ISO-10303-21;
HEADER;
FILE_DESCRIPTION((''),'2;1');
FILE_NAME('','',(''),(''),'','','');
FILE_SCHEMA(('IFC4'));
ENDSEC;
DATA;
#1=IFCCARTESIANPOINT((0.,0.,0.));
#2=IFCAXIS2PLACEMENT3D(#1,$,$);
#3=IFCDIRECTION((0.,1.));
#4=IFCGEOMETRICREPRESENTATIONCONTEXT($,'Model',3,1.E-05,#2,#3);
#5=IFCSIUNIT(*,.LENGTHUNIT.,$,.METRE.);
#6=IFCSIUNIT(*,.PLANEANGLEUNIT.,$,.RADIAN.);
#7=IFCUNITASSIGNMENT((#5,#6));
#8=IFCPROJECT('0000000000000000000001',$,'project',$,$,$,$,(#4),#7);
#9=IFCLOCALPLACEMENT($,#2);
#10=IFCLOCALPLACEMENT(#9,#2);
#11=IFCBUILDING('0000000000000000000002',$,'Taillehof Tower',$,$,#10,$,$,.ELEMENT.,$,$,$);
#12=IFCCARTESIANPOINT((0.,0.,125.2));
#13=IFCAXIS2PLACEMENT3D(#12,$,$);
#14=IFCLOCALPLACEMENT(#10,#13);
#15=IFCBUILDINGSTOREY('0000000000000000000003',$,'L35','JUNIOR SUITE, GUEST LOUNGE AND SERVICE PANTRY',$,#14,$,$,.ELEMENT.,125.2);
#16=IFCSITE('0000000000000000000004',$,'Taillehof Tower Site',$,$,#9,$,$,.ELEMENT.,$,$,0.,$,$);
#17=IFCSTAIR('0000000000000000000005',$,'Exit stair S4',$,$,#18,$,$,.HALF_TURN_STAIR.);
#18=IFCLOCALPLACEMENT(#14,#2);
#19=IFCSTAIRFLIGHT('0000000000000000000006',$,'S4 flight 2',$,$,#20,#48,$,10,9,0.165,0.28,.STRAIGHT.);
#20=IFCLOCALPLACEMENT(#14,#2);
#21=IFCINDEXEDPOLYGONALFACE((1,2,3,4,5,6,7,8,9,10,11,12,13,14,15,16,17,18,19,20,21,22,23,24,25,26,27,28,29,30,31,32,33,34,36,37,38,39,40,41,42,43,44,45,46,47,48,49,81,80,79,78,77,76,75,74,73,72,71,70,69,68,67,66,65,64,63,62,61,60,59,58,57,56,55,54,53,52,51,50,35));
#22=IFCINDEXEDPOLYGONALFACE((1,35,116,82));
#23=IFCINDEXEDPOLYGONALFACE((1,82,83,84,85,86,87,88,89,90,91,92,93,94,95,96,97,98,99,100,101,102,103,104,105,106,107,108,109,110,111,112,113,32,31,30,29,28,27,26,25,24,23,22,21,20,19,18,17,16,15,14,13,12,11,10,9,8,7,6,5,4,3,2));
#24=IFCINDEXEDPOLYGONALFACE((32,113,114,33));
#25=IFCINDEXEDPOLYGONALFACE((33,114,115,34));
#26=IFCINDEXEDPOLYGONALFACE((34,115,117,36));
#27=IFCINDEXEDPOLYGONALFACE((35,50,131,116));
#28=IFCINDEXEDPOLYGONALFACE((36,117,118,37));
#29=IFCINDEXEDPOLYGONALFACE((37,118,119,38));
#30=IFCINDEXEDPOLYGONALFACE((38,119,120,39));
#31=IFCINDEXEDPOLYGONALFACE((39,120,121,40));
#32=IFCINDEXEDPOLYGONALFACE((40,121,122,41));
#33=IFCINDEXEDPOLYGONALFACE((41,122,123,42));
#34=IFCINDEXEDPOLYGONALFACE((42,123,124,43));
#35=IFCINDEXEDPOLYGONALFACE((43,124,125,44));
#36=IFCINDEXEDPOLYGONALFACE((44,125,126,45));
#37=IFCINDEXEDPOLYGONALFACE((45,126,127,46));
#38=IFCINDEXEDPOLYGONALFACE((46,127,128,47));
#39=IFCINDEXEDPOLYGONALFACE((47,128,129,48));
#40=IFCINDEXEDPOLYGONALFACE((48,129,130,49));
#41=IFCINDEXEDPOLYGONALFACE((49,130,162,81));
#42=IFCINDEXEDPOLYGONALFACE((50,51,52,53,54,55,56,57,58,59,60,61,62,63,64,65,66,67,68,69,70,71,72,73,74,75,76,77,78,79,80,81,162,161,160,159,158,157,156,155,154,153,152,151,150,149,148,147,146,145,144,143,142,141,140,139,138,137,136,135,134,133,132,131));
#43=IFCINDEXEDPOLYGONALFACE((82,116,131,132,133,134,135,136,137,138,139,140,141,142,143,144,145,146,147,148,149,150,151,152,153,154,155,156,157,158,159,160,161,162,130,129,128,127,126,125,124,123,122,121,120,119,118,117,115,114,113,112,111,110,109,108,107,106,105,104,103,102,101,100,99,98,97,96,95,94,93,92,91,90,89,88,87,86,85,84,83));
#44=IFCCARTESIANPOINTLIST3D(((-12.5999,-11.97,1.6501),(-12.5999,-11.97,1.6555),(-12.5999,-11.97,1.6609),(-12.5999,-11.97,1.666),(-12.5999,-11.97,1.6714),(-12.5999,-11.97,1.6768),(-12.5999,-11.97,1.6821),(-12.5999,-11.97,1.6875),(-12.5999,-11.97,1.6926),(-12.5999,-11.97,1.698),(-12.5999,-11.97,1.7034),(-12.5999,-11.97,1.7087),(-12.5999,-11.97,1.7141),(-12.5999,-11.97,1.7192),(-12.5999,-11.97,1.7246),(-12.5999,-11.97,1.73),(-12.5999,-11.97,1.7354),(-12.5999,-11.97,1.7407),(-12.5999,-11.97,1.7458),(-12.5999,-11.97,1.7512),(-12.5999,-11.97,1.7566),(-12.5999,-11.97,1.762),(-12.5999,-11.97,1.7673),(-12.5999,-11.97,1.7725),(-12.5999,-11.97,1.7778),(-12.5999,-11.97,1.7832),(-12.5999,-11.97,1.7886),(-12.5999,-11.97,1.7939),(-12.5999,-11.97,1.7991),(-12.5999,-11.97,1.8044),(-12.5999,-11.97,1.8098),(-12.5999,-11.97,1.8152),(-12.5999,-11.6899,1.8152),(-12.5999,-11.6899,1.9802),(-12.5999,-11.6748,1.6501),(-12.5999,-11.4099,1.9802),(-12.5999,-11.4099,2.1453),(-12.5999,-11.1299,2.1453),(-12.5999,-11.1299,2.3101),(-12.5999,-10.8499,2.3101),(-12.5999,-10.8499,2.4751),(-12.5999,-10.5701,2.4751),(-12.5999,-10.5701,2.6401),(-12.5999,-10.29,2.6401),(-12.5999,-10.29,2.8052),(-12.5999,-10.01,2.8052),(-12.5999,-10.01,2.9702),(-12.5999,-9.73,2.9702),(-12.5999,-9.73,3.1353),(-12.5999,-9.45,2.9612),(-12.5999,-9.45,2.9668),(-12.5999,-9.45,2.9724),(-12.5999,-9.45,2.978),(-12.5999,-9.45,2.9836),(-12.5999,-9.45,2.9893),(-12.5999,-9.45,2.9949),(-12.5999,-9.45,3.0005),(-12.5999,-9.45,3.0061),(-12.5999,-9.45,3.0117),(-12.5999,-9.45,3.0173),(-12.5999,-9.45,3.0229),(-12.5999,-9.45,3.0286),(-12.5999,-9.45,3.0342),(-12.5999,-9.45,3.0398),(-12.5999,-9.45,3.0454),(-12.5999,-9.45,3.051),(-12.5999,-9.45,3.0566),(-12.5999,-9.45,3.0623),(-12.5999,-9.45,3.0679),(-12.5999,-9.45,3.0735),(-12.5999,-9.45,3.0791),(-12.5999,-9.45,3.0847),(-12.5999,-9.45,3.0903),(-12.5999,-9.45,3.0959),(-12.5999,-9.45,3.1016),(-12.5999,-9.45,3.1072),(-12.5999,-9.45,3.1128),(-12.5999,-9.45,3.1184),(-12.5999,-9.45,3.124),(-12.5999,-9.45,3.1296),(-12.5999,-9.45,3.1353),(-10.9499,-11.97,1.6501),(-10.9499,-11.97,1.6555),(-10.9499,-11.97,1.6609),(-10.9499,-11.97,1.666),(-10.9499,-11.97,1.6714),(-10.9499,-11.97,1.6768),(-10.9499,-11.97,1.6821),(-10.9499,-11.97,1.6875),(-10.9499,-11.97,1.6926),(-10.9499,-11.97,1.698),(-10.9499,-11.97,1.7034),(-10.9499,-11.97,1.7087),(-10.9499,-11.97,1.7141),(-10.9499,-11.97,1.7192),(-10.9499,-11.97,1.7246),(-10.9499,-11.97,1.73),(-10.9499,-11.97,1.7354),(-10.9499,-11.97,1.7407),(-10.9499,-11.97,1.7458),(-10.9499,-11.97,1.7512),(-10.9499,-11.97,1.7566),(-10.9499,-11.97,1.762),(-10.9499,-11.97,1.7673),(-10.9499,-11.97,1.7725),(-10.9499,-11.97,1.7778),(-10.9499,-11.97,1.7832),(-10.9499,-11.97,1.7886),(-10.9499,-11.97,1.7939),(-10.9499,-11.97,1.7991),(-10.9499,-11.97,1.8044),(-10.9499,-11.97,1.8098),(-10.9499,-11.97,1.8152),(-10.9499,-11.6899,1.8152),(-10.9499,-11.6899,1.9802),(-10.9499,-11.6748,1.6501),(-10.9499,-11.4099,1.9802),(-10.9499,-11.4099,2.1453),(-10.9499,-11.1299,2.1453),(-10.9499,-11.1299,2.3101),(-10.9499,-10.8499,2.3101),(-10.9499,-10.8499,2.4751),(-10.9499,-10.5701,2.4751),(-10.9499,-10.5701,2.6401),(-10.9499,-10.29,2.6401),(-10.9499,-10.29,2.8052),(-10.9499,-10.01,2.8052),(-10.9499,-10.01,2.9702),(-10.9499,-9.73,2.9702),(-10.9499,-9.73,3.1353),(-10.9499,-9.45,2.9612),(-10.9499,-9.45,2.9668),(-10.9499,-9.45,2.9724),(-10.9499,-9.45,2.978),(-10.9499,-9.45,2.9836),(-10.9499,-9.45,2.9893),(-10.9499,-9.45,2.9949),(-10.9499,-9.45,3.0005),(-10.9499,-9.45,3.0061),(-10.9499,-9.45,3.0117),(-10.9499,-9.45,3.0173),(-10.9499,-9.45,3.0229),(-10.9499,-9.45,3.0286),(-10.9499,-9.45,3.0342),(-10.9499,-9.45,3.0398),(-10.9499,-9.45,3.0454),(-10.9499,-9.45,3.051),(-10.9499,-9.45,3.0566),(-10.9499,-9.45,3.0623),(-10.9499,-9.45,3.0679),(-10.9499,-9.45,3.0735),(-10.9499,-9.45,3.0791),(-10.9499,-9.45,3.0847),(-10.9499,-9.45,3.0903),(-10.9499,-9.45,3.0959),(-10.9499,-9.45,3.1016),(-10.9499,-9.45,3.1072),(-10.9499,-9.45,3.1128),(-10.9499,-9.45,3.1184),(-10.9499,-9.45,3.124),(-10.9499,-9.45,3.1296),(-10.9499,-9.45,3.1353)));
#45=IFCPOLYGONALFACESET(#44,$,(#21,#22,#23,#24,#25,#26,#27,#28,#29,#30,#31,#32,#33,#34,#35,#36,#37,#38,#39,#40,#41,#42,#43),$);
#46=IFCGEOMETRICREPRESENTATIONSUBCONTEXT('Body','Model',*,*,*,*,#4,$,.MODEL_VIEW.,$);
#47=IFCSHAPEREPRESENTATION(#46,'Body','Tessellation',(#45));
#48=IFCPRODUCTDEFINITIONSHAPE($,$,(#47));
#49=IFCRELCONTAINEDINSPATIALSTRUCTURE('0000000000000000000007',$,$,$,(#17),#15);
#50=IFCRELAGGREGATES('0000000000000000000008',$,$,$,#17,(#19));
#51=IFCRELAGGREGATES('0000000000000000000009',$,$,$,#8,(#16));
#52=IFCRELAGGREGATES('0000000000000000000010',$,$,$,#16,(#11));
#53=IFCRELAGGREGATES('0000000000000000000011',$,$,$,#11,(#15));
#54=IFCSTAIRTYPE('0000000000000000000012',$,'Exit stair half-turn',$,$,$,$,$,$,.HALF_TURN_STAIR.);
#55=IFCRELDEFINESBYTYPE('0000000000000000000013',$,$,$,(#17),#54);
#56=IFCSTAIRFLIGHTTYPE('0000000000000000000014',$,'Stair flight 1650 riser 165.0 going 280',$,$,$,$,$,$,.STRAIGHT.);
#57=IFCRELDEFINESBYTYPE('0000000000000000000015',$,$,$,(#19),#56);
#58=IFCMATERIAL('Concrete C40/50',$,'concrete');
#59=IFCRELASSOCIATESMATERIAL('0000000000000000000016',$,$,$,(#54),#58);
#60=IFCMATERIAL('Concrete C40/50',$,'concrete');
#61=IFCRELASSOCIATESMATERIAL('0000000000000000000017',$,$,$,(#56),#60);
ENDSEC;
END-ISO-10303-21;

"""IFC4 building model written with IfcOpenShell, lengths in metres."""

from ifc_helpers import new_model, si_unit, direction, frame, origin, place, context, subcontext, project, spatial, polyline, outline, extrude, material, type_object, element, aggregate, save


model = new_model("IFC4")

# Units and contexts
model_context = context("Model", 3, precision=1e-05, world=origin(), true_north=direction((0.0, 1.0)))
body_context = subcontext(model_context, "Body", "Model", "MODEL_VIEW")
ifc_project = project(units=[si_unit("LENGTHUNIT", "METRE"), si_unit("PLANEANGLEUNIT", "RADIAN")], contexts=[model_context])

# Site, building, storey
site_placement = place(None, origin())
site = spatial("IfcSite", under=ifc_project, at=site_placement, Name="Taillehof Tower Site", CompositionType="ELEMENT", RefElevation=0.0)
building_placement = place(site_placement, origin())
building = spatial("IfcBuilding", under=site, at=building_placement, Name="Taillehof Tower", CompositionType="ELEMENT")
storey_placement = place(building_placement, frame((0.0, 0.0, 125.2)))
storey = spatial("IfcBuildingStorey", under=building, at=storey_placement, Name="L35", Description="JUNIOR SUITE, GUEST LOUNGE AND SERVICE PANTRY", CompositionType="ELEMENT", Elevation=125.2)

# Stair, stair flight
ifc_material_1 = material(Name="Concrete C40/50", Category="concrete")
stair_type = type_object("IfcStairType", Name="Exit stair half-turn", PredefinedType="HALF_TURN_STAIR", material=ifc_material_1)
stair_placement = place(storey_placement, origin())
stair = element("IfcStair", 1, at=stair_placement, inside=storey, type_object=stair_type, Name="Exit stair S4", PredefinedType="HALF_TURN_STAIR")
ifc_material_2 = material(Name="Concrete C40/50", Category="concrete")
stair_flight_type = type_object("IfcStairFlightType", Name="Stair flight 1650 riser 165.0 going 280", PredefinedType="STRAIGHT", material=ifc_material_2)
stair_flight_placement = place(storey_placement, frame((-11.7749, -11.97, 1.6501), z_axis=(0.0, 0.0, 1.0), x_axis=(0.0, 1.0, 0.0)))
stair_flight = element("IfcStairFlight", 2, at=stair_flight_placement, type_object=stair_flight_type, Name="S4 flight 2", NumberOfRisers=10, NumberOfTreads=9, PredefinedType="STRAIGHT", RiserHeight=0.165, TreadLength=0.28, context=body_context, shape_type="SweptSolid", body=[
    extrude(outline(polyline([(0.0, 0.0), (0.0, 0.0054), (0.0, 0.0107), (0.0, 0.0159), (0.0, 0.0212), (0.0, 0.0266), (0.0, 0.032), (0.0, 0.0374), (0.0, 0.0425), (0.0, 0.0479), (0.0, 0.0532), (0.0, 0.0586), (0.0, 0.064), (0.0, 0.0691), (0.0, 0.0745), (0.0, 0.0798), (0.0, 0.0852), (0.0, 0.0906), (0.0, 0.0957), (0.0, 0.1011), (0.0, 0.1064), (0.0, 0.1118), (0.0, 0.1172), (0.0, 0.1223), (0.0, 0.1277), (0.0, 0.1331), (0.0, 0.1384), (0.0, 0.1438), (0.0, 0.1489), (0.0, 0.1543), (0.0, 0.1597), (0.0, 0.165), (0.28, 0.165), (0.28, 0.3301), (0.5601, 0.3301), (0.5601, 0.4951), (0.8401, 0.4951), (0.8401, 0.6599), (1.1201, 0.6599), (1.1201, 0.825), (1.3999, 0.825), (1.3999, 0.99), (1.6799, 0.99), (1.6799, 1.155), (1.96, 1.155), (1.96, 1.3201), (2.24, 1.3201), (2.24, 1.4851), (2.52, 1.4851), (2.52, 1.4795), (2.52, 1.4739), (2.52, 1.4683), (2.52, 1.4626), (2.52, 1.457), (2.52, 1.4514), (2.52, 1.4458), (2.52, 1.4402), (2.52, 1.4346), (2.52, 1.429), (2.52, 1.4233), (2.52, 1.4177), (2.52, 1.4121), (2.52, 1.4065), (2.52, 1.4009), (2.52, 1.3953), (2.52, 1.3896), (2.52, 1.384), (2.52, 1.3784), (2.52, 1.3728), (2.52, 1.3672), (2.52, 1.3616), (2.52, 1.356), (2.52, 1.3503), (2.52, 1.3447), (2.52, 1.3391), (2.52, 1.3335), (2.52, 1.3279), (2.52, 1.3223), (2.52, 1.3167), (2.52, 1.311), (0.2952, 0.0), (0.0, 0.0)])), frame((0.0, 0.825, 0.0), z_axis=(0.0, -1.0, 0.0), x_axis=(1.0, 0.0, 0.0)), (0.0, 0.0, 1.0), 1.65),
])
aggregate(stair, [stair_flight])

save(model, "model.ifc")
